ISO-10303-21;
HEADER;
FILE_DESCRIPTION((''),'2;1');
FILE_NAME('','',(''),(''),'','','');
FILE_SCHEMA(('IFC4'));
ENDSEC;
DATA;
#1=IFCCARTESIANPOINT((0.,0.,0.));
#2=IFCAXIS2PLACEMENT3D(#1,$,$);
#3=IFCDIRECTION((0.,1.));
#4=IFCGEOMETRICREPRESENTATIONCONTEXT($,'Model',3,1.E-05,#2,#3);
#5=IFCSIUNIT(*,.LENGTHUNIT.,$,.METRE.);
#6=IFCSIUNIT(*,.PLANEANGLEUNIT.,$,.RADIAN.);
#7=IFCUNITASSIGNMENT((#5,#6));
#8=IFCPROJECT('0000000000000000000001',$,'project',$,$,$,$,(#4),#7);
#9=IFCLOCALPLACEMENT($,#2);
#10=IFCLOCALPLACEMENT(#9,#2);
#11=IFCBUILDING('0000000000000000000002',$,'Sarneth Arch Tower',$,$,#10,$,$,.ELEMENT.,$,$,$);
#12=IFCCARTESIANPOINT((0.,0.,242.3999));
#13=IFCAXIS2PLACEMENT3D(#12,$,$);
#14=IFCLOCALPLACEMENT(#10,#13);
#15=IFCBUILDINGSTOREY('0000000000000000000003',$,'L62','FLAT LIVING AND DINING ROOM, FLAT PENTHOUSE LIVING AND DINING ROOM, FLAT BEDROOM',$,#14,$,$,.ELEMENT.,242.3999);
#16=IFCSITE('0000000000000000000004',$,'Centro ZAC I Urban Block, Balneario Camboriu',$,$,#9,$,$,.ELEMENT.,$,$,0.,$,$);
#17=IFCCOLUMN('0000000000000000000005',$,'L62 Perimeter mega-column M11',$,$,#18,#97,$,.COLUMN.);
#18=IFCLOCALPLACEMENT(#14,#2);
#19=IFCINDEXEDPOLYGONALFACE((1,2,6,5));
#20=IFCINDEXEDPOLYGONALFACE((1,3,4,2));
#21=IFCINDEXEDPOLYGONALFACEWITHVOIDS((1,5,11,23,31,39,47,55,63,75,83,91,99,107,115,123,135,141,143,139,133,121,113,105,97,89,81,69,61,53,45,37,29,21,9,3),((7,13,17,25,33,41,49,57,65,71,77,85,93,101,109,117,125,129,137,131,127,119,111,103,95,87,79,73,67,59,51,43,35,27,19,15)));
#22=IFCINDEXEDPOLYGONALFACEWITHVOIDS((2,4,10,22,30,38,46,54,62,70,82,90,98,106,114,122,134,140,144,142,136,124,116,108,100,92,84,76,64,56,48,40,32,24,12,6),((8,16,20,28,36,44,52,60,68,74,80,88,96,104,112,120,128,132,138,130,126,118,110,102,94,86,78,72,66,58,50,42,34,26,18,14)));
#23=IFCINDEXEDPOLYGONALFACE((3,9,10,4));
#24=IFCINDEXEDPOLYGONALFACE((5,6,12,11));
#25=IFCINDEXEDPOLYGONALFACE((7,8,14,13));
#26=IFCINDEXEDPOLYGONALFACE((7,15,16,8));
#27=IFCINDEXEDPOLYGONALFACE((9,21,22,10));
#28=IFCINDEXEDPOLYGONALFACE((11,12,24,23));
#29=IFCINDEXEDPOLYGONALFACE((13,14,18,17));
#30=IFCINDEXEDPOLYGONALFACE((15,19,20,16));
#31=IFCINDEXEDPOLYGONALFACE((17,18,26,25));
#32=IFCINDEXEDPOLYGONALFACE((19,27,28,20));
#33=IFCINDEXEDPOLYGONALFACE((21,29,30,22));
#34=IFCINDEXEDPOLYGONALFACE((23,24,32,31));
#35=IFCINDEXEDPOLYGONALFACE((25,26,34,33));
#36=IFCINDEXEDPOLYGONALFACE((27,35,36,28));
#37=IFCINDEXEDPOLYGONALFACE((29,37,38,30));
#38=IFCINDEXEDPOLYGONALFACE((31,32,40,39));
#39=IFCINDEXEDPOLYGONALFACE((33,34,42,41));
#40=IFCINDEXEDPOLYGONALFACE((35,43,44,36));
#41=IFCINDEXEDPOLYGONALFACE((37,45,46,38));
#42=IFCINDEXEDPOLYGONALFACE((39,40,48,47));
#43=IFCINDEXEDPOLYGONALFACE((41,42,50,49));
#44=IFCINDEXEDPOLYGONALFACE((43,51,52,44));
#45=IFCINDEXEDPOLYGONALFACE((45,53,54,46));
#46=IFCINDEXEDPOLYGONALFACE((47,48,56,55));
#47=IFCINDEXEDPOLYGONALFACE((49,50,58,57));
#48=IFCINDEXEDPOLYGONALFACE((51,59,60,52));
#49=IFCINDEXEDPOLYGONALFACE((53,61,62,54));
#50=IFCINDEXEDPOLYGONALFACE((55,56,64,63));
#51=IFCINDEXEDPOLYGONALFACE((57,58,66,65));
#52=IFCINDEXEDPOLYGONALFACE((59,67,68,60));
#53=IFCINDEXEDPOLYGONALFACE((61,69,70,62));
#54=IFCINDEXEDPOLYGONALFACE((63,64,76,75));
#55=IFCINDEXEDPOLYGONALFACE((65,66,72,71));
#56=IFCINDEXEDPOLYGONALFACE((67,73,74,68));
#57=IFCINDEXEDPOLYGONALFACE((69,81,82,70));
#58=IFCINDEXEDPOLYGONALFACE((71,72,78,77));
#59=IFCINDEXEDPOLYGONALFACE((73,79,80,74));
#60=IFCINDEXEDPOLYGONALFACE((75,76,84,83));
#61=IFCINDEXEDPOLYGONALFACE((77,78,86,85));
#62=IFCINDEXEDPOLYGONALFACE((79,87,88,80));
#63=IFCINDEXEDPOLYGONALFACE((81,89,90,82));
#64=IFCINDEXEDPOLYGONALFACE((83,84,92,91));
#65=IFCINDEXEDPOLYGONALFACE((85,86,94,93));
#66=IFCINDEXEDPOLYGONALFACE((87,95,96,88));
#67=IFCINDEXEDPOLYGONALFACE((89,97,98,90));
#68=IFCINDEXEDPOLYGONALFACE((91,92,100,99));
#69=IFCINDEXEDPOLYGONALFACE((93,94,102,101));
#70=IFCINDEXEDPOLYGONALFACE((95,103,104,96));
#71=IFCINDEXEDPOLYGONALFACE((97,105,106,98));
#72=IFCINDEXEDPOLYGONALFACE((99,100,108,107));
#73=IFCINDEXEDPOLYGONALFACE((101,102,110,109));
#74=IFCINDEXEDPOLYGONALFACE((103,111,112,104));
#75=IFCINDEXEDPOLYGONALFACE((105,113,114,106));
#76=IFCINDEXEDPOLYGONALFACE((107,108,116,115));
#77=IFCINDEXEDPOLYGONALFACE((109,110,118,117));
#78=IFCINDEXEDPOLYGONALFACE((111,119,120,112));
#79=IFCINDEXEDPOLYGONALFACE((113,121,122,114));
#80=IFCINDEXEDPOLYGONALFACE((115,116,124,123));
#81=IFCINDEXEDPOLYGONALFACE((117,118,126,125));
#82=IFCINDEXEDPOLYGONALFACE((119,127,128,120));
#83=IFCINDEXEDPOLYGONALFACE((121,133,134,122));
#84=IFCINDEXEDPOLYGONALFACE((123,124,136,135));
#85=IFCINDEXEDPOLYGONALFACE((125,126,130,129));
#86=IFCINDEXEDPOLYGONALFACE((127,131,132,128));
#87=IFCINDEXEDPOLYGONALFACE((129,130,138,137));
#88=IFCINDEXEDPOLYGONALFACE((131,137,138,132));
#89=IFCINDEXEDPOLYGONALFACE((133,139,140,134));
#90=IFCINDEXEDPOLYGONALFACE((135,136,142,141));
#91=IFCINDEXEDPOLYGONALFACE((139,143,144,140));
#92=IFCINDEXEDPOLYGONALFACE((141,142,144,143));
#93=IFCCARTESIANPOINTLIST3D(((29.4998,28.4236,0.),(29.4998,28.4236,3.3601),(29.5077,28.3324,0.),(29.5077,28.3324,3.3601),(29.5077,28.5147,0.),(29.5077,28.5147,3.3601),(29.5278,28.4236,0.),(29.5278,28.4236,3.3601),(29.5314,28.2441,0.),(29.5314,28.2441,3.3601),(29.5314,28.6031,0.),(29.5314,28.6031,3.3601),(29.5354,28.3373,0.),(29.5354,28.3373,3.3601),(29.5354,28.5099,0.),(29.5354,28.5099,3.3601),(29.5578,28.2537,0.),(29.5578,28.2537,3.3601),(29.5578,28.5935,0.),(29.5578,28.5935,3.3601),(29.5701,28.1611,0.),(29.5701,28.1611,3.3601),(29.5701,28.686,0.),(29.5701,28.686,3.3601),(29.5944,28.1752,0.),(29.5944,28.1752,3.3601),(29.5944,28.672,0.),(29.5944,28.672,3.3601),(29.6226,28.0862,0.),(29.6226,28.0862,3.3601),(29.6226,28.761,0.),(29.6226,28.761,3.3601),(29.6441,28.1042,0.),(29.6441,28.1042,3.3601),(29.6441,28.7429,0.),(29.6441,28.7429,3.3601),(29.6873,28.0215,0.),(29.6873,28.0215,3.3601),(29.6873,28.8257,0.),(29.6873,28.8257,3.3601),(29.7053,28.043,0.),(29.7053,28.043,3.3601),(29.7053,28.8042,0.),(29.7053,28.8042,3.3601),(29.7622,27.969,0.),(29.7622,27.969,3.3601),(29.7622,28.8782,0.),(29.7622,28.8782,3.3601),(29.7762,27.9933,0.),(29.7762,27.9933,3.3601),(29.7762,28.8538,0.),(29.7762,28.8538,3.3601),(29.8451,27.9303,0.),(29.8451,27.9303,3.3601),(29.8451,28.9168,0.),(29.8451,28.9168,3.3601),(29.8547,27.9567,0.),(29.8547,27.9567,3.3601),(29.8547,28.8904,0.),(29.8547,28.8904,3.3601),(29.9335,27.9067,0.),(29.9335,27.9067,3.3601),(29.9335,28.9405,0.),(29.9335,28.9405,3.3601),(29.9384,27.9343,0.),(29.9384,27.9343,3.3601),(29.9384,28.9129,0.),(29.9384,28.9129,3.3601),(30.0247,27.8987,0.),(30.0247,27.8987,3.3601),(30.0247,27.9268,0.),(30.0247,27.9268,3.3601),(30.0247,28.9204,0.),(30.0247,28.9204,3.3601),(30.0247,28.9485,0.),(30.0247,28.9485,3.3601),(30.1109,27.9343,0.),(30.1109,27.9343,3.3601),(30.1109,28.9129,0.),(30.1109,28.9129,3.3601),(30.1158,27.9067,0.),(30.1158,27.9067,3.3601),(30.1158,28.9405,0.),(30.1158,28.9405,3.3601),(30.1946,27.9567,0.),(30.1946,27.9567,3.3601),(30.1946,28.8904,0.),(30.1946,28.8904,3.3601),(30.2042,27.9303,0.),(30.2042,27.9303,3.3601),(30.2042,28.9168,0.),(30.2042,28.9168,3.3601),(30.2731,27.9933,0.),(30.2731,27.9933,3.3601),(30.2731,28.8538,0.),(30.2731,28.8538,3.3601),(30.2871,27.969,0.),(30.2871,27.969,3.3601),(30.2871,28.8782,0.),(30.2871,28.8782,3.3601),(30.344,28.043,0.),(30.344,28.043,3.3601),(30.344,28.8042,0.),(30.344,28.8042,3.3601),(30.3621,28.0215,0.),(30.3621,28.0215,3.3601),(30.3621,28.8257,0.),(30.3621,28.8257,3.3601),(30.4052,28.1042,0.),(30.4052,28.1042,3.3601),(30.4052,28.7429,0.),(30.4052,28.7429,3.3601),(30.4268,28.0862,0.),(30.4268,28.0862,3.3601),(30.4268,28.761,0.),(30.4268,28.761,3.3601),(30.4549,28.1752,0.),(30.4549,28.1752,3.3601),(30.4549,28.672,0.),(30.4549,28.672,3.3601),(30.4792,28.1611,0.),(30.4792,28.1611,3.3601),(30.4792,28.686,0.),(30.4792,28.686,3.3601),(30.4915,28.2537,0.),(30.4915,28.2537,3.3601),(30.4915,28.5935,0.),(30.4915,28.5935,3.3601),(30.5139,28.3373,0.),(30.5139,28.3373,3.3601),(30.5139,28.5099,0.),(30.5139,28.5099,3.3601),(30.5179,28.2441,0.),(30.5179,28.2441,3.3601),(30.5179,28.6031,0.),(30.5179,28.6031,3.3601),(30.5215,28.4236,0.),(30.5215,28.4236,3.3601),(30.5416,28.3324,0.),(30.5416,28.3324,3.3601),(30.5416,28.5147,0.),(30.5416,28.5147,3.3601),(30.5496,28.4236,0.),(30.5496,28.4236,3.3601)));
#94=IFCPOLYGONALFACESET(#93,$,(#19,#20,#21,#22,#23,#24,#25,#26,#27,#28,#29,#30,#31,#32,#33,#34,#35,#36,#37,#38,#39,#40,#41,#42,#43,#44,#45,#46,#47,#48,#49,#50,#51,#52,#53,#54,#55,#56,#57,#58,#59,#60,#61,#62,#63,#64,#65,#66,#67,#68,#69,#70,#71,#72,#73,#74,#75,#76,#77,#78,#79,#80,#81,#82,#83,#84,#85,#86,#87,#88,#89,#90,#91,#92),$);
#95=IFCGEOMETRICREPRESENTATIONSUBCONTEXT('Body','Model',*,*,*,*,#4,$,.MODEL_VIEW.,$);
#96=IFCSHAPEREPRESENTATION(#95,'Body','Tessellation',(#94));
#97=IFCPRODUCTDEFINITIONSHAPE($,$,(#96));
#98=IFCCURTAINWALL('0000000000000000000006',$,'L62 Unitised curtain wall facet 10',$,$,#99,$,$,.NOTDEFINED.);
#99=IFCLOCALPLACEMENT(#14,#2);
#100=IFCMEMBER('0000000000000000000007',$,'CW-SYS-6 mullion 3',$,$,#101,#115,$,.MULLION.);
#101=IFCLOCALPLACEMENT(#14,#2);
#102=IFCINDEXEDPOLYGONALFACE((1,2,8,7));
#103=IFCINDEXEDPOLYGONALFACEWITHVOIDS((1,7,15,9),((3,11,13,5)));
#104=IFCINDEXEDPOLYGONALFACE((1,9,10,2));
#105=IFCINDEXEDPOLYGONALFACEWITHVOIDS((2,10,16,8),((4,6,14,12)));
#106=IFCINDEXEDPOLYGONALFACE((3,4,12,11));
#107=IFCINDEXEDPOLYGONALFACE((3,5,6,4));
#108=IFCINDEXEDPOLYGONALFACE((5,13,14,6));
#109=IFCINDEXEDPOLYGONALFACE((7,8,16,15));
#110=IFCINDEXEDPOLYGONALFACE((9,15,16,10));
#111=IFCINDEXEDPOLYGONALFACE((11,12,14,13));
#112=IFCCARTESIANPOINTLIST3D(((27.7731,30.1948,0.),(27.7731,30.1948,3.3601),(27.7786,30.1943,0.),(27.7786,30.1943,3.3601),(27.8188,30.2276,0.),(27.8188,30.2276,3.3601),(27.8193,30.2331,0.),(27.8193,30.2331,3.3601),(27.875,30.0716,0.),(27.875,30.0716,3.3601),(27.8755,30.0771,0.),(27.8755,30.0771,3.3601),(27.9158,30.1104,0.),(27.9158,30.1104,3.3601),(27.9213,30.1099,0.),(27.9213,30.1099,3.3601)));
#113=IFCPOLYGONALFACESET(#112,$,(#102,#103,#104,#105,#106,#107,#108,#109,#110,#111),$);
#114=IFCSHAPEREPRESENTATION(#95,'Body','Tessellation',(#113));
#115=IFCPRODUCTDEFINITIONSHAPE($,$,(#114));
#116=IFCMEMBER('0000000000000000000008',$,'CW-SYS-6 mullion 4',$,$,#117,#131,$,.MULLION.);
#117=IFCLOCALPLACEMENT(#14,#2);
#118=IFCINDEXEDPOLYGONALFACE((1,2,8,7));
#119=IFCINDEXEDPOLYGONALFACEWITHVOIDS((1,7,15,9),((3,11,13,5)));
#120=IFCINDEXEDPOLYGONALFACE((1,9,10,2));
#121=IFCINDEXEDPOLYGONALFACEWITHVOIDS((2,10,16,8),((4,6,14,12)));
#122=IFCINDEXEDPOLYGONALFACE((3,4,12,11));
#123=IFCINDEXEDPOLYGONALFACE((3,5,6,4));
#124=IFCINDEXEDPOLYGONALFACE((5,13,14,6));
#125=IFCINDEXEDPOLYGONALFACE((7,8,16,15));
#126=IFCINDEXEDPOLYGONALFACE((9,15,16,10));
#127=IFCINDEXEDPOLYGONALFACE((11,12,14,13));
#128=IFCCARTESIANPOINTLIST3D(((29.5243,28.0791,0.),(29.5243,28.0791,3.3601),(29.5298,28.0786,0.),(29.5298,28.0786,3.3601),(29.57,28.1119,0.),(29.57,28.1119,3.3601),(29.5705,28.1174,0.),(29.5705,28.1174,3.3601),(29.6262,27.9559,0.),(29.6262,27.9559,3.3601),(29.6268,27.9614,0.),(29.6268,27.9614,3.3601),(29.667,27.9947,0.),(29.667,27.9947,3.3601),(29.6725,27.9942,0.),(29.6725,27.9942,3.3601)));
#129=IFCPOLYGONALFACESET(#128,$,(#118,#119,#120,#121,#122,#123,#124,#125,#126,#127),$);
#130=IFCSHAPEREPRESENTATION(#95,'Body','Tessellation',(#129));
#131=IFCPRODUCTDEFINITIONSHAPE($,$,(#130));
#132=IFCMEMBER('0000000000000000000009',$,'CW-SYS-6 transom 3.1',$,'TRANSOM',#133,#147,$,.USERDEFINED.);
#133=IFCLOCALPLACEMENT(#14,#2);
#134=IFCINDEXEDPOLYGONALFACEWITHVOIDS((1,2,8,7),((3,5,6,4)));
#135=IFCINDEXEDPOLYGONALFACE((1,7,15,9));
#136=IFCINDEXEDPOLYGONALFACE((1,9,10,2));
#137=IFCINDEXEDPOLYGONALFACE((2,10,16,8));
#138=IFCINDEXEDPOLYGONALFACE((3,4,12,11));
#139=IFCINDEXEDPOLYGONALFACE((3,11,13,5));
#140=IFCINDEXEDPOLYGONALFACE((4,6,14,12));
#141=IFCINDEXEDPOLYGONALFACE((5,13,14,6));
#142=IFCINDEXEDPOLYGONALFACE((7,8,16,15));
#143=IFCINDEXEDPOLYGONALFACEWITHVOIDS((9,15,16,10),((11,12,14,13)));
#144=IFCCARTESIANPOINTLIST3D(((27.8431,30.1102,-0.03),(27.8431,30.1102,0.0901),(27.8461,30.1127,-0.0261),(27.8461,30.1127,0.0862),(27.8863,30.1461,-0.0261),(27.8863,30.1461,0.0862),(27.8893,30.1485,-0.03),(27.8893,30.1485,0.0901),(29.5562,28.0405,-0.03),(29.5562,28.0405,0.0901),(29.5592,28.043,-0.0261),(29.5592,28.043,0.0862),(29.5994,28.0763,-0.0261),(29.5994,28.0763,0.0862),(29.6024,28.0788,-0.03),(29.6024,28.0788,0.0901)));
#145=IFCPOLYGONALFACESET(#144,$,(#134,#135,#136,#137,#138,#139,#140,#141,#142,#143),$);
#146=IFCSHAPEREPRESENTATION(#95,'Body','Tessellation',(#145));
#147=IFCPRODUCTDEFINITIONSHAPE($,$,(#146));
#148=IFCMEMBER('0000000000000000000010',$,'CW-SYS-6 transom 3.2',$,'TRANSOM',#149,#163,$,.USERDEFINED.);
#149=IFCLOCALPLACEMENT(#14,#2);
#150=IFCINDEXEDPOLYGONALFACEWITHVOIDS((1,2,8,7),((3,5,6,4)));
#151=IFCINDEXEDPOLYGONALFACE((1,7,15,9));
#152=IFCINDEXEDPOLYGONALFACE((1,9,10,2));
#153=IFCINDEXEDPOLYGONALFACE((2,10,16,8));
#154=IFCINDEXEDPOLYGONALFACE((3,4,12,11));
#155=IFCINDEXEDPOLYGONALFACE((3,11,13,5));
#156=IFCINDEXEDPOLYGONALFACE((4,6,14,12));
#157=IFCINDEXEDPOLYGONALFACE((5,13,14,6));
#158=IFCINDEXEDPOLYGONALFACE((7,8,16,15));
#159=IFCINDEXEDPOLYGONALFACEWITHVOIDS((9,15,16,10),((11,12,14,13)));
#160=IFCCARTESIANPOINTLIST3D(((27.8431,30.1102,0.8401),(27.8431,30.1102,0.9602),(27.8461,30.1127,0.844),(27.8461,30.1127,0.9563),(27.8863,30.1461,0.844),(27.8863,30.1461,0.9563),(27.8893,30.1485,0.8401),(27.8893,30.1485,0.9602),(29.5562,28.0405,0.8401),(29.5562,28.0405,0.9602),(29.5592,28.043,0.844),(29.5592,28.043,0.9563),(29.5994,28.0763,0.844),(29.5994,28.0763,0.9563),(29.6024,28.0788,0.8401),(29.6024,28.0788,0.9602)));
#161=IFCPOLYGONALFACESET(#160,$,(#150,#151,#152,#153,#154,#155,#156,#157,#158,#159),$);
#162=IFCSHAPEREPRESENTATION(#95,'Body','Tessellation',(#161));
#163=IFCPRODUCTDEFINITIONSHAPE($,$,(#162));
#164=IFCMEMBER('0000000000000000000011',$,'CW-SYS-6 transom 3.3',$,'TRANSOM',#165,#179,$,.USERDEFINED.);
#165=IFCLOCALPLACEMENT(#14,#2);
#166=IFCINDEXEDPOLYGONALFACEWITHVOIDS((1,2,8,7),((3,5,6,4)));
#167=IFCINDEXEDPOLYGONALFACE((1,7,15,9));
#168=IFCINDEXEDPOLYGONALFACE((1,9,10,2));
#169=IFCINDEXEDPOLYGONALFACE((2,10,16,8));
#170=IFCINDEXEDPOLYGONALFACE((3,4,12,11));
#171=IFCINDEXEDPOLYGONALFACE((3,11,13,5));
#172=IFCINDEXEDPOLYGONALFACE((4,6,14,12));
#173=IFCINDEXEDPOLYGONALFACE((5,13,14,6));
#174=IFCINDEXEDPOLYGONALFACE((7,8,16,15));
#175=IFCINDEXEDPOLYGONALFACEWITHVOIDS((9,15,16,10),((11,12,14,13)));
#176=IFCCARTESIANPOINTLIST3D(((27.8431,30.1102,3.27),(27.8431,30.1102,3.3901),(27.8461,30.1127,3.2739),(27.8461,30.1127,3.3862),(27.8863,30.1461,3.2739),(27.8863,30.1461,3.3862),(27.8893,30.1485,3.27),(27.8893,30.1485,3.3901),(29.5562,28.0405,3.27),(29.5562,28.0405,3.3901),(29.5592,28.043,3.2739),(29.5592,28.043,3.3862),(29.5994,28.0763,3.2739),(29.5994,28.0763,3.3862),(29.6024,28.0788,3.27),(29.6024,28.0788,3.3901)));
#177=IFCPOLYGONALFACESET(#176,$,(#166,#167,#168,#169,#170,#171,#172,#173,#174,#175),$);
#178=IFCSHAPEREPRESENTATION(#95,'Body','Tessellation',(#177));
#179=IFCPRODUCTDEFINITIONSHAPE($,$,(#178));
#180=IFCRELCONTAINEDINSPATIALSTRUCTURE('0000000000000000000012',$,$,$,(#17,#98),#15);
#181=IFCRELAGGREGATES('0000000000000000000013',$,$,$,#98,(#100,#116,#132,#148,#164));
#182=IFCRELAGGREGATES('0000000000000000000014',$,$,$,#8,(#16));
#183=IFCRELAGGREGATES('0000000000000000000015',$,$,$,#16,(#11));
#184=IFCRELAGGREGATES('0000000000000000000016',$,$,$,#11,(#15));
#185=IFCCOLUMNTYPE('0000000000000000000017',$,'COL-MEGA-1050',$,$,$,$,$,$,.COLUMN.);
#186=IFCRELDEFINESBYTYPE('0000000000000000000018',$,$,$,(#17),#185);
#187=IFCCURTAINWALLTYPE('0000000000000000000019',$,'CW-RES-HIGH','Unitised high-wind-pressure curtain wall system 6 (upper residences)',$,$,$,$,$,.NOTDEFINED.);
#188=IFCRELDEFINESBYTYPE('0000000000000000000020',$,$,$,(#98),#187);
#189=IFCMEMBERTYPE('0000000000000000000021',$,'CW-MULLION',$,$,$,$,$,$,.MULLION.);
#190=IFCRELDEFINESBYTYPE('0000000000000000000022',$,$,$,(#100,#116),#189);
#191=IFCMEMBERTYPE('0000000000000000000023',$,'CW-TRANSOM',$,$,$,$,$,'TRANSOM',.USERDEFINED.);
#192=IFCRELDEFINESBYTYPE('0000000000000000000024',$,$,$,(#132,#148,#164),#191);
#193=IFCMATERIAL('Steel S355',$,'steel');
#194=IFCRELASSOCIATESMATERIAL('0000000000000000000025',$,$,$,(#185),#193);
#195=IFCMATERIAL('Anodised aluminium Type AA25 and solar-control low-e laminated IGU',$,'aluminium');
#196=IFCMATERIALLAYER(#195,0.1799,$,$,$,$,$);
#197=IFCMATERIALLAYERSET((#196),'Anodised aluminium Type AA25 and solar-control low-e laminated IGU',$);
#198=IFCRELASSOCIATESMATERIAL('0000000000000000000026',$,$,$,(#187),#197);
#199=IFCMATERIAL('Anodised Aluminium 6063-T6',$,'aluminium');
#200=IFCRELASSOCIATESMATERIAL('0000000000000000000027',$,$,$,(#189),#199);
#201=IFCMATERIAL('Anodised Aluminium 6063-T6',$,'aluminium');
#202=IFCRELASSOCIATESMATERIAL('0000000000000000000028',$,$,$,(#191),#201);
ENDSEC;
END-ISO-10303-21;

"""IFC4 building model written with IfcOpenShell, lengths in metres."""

from ifc_helpers import new_model, si_unit, direction, frame, origin, origin_2d, place, context, subcontext, project, spatial, hollow_rectangle, hollow_circle, extrude, material, layer, layer_set, material_profile, profile_set, type_object, element, aggregate, save


model = new_model("IFC4")

# Units and contexts
model_context = context("Model", 3, precision=1e-05, world=origin(), true_north=direction((0.0, 1.0)))
body_context = subcontext(model_context, "Body", "Model", "MODEL_VIEW")
ifc_project = project(units=[si_unit("LENGTHUNIT", "METRE"), si_unit("PLANEANGLEUNIT", "RADIAN")], contexts=[model_context])

# Site, building, storey
site_placement = place(None, origin())
site = spatial("IfcSite", under=ifc_project, at=site_placement, Name="Centro ZAC I Urban Block, Balneario Camboriu", CompositionType="ELEMENT", RefElevation=0.0)
building_placement = place(site_placement, origin())
building = spatial("IfcBuilding", under=site, at=building_placement, Name="Sarneth Arch Tower", CompositionType="ELEMENT")
storey_placement = place(building_placement, frame((0.0, 0.0, 242.3999)))
storey = spatial("IfcBuildingStorey", under=building, at=storey_placement, Name="L62", Description="FLAT LIVING AND DINING ROOM, FLAT PENTHOUSE LIVING AND DINING ROOM, FLAT BEDROOM", CompositionType="ELEMENT", Elevation=242.3999)

# Column
ifc_material_1 = material(Name="Steel S355", Category="steel")
ifc_material_profile_1 = material_profile(ifc_material_1, hollow_circle(Radius=0.5249, WallThickness=0.0281, at=origin_2d()), Name="CHS1050x28")
ifc_profile_set_1 = profile_set([ifc_material_profile_1], Name="Steel S355")
column_type = type_object("IfcColumnType", Name="COL-MEGA-1050", PredefinedType="COLUMN", material=ifc_profile_set_1)
column_placement = place(storey_placement, frame((30.0247, 28.4236, 0.0), z_axis=(0.0, 0.0, 1.0), x_axis=(1.0, 0.0, 0.0)))
element("IfcColumn", 1, at=column_placement, inside=storey, type_object=column_type, Name="L62 Perimeter mega-column M11", PredefinedType="COLUMN", context=body_context, shape_type="SweptSolid", body=[
    extrude(hollow_circle(Radius=0.5249, WallThickness=0.0281, at=origin_2d()), origin(), (0.0, 0.0, 1.0), 3.3601),
])

# Curtain wall, members
ifc_material_2 = material(Name="Anodised aluminium Type AA25 and solar-control low-e laminated IGU", Category="aluminium")
ifc_layer_1 = layer(ifc_material_2, 0.1799)
ifc_layer_set_1 = layer_set([ifc_layer_1], Name="Anodised aluminium Type AA25 and solar-control low-e laminated IGU")
curtain_wall_type = type_object("IfcCurtainWallType", Name="CW-RES-HIGH", Description="Unitised high-wind-pressure curtain wall system 6 (upper residences)", PredefinedType="NOTDEFINED", material=ifc_layer_set_1)
curtain_wall_placement = place(storey_placement, origin())
curtain_wall = element("IfcCurtainWall", 2, at=curtain_wall_placement, inside=storey, type_object=curtain_wall_type, Name="L62 Unitised curtain wall facet 10", PredefinedType="NOTDEFINED")
ifc_material_3 = material(Name="Anodised Aluminium 6063-T6", Category="aluminium")
ifc_material_profile_2 = material_profile(ifc_material_3, hollow_rectangle(XDim=0.0601, YDim=0.1599, WallThickness=0.0039, at=origin_2d()), Name="AL-MULL-160x60x4")
ifc_profile_set_2 = profile_set([ifc_material_profile_2], Name="Anodised Aluminium 6063-T6")
member_type_1 = type_object("IfcMemberType", Name="CW-MULLION", PredefinedType="MULLION", material=ifc_profile_set_2)
member_1_placement = place(storey_placement, frame((27.8472, 30.1523, 0.0), z_axis=(0.0, 0.0, 1.0), x_axis=(0.770359, 0.63761, 0.0)))
member_1 = element("IfcMember", 3, at=member_1_placement, type_object=member_type_1, Name="CW-SYS-6 mullion 3", PredefinedType="MULLION", context=body_context, shape_type="SweptSolid", body=[
    extrude(hollow_rectangle(XDim=0.0601, YDim=0.1599, WallThickness=0.0039, at=origin_2d()), origin(), (0.0, 0.0, 1.0), 3.3601),
])
member_2_placement = place(storey_placement, frame((29.5984, 28.0366, 0.0), z_axis=(0.0, 0.0, 1.0), x_axis=(0.770359, 0.63761, 0.0)))
member_2 = element("IfcMember", 4, at=member_2_placement, type_object=member_type_1, Name="CW-SYS-6 mullion 4", PredefinedType="MULLION", context=body_context, shape_type="SweptSolid", body=[
    extrude(hollow_rectangle(XDim=0.0601, YDim=0.1599, WallThickness=0.0039, at=origin_2d()), origin(), (0.0, 0.0, 1.0), 3.3601),
])
ifc_material_4 = material(Name="Anodised Aluminium 6063-T6", Category="aluminium")
ifc_material_profile_3 = material_profile(ifc_material_4, hollow_rectangle(XDim=0.0601, YDim=0.1201, WallThickness=0.0039, at=origin_2d()), Name="AL-TRAN-120x60x4")
ifc_profile_set_3 = profile_set([ifc_material_profile_3], Name="Anodised Aluminium 6063-T6")
member_type_2 = type_object("IfcMemberType", Name="CW-TRANSOM", ElementType="TRANSOM", PredefinedType="USERDEFINED", material=ifc_profile_set_3)
member_3_placement = place(storey_placement, frame((27.8662, 30.1294, 0.03), z_axis=(0.637607, -0.770362, 0.0), x_axis=(0.770362, 0.637607, 0.0)))
member_3 = element("IfcMember", 5, at=member_3_placement, type_object=member_type_2, Name="CW-SYS-6 transom 3.1", ObjectType="TRANSOM", PredefinedType="USERDEFINED", context=body_context, shape_type="SweptSolid", body=[
    extrude(hollow_rectangle(XDim=0.0601, YDim=0.1201, WallThickness=0.0039, at=origin_2d()), origin(), (0.0, 0.0, 1.0), 2.6868),
])
member_4_placement = place(storey_placement, frame((27.8662, 30.1294, 0.9001), z_axis=(0.637607, -0.770362, 0.0), x_axis=(0.770362, 0.637607, 0.0)))
member_4 = element("IfcMember", 6, at=member_4_placement, type_object=member_type_2, Name="CW-SYS-6 transom 3.2", ObjectType="TRANSOM", PredefinedType="USERDEFINED", context=body_context, shape_type="SweptSolid", body=[
    extrude(hollow_rectangle(XDim=0.0601, YDim=0.1201, WallThickness=0.0039, at=origin_2d()), origin(), (0.0, 0.0, 1.0), 2.6868),
])
member_5_placement = place(storey_placement, frame((27.8662, 30.1294, 3.3301), z_axis=(0.637607, -0.770362, 0.0), x_axis=(0.770362, 0.637607, 0.0)))
member_5 = element("IfcMember", 7, at=member_5_placement, type_object=member_type_2, Name="CW-SYS-6 transom 3.3", ObjectType="TRANSOM", PredefinedType="USERDEFINED", context=body_context, shape_type="SweptSolid", body=[
    extrude(hollow_rectangle(XDim=0.0601, YDim=0.1201, WallThickness=0.0039, at=origin_2d()), origin(), (0.0, 0.0, 1.0), 2.6868),
])

aggregate(curtain_wall, [member_1, member_2, member_3, member_4, member_5])

save(model, "model.ifc")
